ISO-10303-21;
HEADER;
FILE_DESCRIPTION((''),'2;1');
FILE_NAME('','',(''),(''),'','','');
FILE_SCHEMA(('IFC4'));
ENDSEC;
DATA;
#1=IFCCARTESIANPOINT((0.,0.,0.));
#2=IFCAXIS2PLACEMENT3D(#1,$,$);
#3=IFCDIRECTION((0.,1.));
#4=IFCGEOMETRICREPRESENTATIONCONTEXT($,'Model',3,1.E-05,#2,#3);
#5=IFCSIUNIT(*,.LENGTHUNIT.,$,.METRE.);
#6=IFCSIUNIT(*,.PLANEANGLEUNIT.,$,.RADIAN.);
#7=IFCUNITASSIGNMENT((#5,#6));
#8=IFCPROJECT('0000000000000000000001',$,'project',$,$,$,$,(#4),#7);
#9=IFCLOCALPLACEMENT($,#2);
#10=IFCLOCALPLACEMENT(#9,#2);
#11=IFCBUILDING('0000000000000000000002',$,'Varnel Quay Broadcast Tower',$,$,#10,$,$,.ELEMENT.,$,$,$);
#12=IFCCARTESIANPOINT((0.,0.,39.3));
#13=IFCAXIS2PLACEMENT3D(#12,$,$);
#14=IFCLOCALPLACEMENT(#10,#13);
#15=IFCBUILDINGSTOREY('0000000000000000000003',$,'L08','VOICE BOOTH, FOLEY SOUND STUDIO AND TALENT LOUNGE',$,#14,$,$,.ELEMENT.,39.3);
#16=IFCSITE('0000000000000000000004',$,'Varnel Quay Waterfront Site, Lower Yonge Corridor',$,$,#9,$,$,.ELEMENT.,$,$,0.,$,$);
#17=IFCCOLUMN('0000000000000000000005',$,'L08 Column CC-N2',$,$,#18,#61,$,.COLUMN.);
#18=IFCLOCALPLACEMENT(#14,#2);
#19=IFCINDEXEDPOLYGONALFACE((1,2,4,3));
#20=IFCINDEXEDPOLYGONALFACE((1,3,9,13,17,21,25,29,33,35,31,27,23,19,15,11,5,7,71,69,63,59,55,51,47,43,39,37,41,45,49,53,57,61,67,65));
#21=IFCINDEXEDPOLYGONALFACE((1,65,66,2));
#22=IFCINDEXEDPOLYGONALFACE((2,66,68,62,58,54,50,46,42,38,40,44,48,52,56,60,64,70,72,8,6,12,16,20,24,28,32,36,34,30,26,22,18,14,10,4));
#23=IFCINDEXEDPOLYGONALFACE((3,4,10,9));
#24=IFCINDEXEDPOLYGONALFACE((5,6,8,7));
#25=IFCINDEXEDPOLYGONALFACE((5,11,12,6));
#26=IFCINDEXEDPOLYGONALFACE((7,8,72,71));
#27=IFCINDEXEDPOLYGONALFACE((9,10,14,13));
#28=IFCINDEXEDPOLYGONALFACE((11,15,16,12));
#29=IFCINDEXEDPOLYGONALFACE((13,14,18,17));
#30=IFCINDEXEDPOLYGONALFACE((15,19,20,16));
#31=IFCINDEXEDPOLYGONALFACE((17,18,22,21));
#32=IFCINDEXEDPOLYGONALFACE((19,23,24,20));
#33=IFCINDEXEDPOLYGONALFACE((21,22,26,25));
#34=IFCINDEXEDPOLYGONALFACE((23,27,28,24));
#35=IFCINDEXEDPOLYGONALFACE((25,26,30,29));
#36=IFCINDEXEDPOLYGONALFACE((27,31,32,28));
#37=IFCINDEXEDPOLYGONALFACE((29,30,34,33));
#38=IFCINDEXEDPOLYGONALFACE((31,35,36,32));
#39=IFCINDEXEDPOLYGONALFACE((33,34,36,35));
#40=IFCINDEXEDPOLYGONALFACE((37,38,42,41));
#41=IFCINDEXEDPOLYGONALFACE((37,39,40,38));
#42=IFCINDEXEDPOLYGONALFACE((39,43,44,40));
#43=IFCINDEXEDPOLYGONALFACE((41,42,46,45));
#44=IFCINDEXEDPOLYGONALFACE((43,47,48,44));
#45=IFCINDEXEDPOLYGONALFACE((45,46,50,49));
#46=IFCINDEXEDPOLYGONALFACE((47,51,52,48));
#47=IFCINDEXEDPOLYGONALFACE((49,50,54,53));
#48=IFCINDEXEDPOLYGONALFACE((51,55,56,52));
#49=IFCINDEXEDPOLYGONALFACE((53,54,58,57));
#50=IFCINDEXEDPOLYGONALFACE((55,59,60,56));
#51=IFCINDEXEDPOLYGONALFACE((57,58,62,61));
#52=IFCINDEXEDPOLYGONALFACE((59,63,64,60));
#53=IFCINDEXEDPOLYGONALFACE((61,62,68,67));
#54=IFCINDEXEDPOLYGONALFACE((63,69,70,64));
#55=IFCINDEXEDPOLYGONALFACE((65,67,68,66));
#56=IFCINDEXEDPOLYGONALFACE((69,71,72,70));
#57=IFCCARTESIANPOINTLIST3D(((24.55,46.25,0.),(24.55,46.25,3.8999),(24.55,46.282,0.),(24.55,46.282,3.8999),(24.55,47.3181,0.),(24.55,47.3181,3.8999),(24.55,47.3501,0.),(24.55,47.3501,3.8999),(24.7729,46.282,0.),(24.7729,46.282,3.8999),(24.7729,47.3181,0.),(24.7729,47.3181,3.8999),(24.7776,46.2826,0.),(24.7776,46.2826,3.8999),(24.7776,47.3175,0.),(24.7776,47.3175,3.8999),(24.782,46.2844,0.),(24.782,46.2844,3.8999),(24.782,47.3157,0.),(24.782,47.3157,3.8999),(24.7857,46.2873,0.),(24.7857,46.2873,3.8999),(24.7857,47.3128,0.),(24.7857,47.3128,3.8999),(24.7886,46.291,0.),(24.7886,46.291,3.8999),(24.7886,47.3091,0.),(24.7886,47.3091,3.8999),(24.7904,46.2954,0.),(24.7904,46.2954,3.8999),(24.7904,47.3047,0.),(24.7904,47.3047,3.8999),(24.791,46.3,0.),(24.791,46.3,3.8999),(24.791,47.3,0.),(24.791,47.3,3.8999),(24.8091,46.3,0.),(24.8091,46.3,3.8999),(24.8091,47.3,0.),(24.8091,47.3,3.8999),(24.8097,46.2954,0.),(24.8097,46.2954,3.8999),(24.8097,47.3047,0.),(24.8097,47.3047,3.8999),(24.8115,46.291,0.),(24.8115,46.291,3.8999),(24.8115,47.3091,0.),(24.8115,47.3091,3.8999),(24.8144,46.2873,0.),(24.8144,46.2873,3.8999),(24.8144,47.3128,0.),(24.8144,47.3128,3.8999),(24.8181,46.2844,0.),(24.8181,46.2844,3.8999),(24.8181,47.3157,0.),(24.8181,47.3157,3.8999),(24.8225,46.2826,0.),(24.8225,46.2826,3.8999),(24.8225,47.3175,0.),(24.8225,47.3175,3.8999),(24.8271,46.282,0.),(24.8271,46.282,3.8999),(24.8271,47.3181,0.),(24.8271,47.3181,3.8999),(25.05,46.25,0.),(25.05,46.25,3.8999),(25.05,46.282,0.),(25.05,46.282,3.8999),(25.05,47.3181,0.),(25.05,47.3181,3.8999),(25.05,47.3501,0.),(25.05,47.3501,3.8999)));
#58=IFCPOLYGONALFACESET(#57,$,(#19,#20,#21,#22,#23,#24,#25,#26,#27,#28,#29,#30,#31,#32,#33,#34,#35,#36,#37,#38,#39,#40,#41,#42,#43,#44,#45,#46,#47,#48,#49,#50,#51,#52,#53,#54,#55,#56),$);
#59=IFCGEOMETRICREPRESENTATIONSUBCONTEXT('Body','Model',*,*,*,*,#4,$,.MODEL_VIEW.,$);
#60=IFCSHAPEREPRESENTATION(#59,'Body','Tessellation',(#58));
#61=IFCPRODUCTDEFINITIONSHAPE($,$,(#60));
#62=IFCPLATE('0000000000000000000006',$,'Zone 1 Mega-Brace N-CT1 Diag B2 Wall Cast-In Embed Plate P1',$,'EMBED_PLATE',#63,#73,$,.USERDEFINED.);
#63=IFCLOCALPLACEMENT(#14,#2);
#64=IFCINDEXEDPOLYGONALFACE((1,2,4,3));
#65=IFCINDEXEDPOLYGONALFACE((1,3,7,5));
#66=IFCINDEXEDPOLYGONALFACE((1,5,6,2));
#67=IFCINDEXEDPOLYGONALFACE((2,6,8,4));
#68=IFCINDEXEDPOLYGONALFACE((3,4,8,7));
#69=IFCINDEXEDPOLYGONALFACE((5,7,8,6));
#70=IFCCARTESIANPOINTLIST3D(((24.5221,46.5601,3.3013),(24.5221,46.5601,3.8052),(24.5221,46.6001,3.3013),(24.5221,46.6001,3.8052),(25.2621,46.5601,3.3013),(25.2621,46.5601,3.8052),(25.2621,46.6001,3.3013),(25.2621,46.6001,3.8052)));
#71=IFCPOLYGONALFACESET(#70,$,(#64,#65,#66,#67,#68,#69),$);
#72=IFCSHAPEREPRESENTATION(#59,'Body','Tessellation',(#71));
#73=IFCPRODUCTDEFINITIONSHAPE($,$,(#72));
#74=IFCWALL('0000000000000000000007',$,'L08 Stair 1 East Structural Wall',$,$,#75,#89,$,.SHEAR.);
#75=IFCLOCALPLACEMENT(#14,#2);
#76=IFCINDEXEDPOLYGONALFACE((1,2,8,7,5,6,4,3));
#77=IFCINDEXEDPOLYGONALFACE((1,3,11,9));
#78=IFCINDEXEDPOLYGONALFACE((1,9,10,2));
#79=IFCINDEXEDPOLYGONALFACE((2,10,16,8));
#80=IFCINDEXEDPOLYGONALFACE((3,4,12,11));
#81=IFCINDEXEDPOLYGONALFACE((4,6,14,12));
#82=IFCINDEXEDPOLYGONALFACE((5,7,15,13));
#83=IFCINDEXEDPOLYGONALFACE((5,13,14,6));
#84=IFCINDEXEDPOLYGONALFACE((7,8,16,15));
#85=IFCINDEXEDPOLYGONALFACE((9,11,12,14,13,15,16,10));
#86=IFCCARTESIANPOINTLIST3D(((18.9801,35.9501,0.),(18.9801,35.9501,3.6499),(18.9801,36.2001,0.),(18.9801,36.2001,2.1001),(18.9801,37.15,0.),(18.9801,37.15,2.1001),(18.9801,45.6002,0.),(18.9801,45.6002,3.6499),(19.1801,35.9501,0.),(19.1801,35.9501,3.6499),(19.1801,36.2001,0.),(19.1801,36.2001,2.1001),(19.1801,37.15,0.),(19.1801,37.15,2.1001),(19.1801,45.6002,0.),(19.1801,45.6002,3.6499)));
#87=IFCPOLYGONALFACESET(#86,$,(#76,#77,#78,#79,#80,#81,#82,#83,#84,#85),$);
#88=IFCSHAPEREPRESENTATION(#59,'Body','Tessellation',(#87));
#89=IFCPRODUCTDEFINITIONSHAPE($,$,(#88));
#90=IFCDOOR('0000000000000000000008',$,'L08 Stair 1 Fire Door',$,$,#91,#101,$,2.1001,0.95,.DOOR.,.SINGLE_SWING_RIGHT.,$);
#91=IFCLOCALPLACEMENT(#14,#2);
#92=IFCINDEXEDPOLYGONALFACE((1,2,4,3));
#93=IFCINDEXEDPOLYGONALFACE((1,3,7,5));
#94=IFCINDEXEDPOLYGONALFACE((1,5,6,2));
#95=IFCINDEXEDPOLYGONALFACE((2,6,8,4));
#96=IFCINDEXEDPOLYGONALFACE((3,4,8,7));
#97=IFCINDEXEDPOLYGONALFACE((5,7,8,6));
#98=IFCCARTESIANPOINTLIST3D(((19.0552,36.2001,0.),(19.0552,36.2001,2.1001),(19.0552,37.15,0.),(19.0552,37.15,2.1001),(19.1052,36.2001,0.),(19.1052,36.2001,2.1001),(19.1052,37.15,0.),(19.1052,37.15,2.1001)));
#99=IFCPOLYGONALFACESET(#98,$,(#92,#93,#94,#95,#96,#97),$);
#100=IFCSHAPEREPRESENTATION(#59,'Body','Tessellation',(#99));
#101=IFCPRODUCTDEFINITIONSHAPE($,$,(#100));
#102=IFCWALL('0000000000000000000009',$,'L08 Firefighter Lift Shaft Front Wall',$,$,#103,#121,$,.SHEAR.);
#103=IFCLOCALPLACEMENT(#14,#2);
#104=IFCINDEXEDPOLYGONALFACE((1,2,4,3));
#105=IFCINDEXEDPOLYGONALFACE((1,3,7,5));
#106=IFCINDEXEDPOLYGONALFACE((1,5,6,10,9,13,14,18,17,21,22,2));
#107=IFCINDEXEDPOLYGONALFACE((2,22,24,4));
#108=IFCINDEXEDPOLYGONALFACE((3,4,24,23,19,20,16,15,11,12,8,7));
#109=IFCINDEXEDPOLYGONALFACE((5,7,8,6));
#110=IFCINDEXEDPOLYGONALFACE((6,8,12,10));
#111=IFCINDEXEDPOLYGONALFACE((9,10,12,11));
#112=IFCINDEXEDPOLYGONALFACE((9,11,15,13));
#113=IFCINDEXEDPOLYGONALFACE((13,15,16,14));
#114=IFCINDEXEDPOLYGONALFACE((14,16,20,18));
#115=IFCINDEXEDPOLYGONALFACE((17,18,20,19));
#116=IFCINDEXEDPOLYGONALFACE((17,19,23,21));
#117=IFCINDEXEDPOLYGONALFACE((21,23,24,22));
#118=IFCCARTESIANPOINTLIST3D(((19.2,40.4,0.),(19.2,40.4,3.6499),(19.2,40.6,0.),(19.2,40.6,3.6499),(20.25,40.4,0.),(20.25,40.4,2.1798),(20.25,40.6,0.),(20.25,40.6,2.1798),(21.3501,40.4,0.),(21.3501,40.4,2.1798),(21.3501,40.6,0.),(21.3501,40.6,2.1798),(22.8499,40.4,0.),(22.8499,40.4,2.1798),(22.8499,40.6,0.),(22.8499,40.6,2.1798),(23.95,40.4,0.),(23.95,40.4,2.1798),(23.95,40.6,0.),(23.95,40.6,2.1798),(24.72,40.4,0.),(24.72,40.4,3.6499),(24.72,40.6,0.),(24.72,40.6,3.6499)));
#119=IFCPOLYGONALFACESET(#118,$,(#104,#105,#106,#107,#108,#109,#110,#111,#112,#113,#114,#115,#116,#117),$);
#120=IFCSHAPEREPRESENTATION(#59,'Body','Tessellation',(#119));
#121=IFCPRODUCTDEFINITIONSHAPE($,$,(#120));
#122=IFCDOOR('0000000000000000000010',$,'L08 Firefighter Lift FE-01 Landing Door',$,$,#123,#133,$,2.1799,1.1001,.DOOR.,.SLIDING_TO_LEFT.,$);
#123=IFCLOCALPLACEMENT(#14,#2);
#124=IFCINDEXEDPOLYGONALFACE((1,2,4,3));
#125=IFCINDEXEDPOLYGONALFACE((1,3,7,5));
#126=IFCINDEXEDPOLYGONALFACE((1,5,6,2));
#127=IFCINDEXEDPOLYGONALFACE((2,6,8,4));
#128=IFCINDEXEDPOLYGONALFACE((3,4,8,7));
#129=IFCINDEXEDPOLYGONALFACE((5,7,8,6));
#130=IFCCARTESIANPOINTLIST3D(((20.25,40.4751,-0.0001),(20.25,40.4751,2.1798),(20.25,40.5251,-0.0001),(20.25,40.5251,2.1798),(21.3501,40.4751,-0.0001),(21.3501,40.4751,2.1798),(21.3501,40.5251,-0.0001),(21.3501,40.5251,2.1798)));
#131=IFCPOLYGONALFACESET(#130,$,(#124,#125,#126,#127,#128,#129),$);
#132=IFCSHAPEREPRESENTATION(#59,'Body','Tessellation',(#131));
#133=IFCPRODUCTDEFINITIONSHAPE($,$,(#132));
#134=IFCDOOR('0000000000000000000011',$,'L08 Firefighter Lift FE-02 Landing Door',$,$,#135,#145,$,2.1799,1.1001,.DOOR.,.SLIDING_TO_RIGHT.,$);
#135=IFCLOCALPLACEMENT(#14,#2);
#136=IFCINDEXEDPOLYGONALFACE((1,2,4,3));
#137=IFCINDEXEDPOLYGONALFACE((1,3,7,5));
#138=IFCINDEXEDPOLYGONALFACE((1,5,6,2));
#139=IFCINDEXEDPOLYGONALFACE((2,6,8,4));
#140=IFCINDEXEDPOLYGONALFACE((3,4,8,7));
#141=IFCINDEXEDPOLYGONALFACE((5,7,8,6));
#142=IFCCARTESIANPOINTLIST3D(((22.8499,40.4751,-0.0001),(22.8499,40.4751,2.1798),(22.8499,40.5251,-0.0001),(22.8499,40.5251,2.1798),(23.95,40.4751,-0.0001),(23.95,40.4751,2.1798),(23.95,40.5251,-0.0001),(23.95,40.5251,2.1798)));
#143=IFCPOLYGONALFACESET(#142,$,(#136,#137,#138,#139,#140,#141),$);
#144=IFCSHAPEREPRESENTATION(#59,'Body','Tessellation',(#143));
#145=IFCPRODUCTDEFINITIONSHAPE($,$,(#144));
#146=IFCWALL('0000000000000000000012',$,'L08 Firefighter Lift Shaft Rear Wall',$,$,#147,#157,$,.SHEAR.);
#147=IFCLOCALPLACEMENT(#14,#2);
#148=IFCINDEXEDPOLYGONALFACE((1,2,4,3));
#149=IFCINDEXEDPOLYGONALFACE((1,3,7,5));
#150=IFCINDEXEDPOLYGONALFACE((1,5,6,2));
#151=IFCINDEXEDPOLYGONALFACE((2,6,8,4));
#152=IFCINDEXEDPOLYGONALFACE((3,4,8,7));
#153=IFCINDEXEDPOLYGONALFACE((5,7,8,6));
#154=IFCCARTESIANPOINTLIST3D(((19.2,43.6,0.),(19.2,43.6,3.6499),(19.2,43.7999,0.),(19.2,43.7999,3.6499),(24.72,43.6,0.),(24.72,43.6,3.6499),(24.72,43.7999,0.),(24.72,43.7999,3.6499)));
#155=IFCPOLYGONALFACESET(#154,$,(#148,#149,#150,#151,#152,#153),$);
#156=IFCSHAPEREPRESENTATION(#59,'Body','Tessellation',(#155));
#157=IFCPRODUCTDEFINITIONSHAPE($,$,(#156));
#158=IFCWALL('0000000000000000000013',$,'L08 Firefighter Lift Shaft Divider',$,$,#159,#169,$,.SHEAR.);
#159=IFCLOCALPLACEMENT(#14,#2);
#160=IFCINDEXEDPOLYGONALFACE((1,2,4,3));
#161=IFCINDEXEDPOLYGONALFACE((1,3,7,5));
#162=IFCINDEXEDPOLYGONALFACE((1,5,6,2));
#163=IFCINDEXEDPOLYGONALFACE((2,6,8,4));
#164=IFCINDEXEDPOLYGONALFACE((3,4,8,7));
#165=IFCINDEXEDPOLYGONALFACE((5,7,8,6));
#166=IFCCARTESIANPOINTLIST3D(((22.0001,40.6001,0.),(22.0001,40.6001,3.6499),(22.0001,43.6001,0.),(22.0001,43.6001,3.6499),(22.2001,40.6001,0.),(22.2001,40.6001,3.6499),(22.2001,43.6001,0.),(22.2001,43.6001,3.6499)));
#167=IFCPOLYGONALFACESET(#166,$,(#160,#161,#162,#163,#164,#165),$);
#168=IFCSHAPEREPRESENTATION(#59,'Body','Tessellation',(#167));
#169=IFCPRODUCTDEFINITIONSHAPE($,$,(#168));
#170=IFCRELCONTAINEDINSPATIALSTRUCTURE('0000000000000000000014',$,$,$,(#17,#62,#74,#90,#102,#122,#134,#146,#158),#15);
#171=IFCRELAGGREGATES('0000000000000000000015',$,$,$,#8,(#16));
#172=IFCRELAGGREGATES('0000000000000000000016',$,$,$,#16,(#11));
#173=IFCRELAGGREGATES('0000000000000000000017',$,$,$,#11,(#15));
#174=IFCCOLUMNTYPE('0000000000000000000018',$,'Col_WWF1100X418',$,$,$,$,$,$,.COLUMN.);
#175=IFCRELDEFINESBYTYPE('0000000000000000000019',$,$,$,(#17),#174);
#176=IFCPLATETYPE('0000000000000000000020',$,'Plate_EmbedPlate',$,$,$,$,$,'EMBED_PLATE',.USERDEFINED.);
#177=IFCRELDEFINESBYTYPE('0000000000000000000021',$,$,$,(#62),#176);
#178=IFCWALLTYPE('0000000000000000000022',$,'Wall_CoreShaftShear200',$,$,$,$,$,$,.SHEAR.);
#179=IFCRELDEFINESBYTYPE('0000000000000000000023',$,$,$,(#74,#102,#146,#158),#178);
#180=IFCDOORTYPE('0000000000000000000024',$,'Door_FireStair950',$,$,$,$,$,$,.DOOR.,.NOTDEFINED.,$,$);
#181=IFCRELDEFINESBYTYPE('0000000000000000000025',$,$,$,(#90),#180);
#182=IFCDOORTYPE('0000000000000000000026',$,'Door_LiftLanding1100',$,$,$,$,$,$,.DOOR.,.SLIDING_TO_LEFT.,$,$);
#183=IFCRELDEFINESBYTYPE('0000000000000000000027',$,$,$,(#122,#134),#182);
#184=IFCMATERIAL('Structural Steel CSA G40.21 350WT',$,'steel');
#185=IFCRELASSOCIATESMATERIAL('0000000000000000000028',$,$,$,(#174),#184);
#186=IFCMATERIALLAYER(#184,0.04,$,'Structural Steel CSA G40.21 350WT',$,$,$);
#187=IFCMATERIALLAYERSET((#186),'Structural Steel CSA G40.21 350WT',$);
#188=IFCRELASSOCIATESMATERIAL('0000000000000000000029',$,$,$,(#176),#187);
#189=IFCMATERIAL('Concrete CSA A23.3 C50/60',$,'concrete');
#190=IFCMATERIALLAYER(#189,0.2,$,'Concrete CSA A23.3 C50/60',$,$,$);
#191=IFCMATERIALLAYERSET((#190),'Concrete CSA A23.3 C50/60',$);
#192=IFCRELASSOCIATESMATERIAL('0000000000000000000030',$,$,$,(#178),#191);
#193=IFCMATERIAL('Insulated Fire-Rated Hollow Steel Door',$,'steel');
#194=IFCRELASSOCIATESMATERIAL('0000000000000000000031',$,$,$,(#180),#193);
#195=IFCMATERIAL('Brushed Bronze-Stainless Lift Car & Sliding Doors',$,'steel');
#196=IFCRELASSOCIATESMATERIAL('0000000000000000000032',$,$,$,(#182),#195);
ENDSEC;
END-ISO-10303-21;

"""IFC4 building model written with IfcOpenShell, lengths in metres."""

from ifc_helpers import new_model, si_unit, direction, frame, frame_2d, origin, origin_2d, place, context, subcontext, project, spatial, rectangle, i_section, extrude, source, transform, mapped, material, layer, layer_set, material_profile, profile_set, type_object, type_shapes, element, fill, save


model = new_model("IFC4")

# Units and contexts
model_context = context("Model", 3, precision=1e-05, world=origin(), true_north=direction((0.0, 1.0)))
body_context = subcontext(model_context, "Body", "Model", "MODEL_VIEW")
ifc_project = project(units=[si_unit("LENGTHUNIT", "METRE"), si_unit("PLANEANGLEUNIT", "RADIAN")], contexts=[model_context])

# Site, building, storey
site_placement = place(None, origin())
site = spatial("IfcSite", under=ifc_project, at=site_placement, Name="Varnel Quay Waterfront Site, Lower Yonge Corridor", CompositionType="ELEMENT", RefElevation=0.0)
building_placement = place(site_placement, origin())
building = spatial("IfcBuilding", under=site, at=building_placement, Name="Varnel Quay Broadcast Tower", CompositionType="ELEMENT")
storey_placement = place(building_placement, frame((0.0, 0.0, 39.3)))
storey = spatial("IfcBuildingStorey", under=building, at=storey_placement, Name="L08", Description="VOICE BOOTH, FOLEY SOUND STUDIO AND TALENT LOUNGE", CompositionType="ELEMENT", Elevation=39.3)

# Column
ifc_material_1 = material(Name="Structural Steel CSA G40.21 350WT", Category="steel")
ifc_material_profile = material_profile(ifc_material_1, i_section(OverallWidth=0.5, OverallDepth=1.1001, WebThickness=0.0181, FlangeThickness=0.032, FilletRadius=0.0181, at=origin_2d()), Name="WWF1100X418")
ifc_profile_set = profile_set([ifc_material_profile], Name="Structural Steel CSA G40.21 350WT")
column_type = type_object("IfcColumnType", Name="Col_WWF1100X418", PredefinedType="COLUMN", material=ifc_profile_set)
shared_shape_1 = source(origin(), body_context, "Body", "SweptSolid", [
    extrude(i_section(OverallWidth=0.5, OverallDepth=1.1001, WebThickness=0.0181, FlangeThickness=0.032, FilletRadius=0.0181, at=origin_2d()), origin(), (0.0, 0.0, 1.0), 3.8999),
])
type_shapes(column_type, [shared_shape_1])
column_placement = place(storey_placement, frame((24.8, 46.8, 0.0), z_axis=(0.0, 0.0, 1.0), x_axis=(1.0, 0.0, 0.0)))
element("IfcColumn", 1, at=column_placement, inside=storey, type_object=column_type, Name="L08 Column CC-N2", PredefinedType="COLUMN", context=body_context, shape_type="MappedRepresentation", body=[
    mapped(shared_shape_1, transform((0.0, 0.0, 0.0), x_axis=(1.0, 0.0, 0.0), y_axis=(0.0, 1.0, 0.0), z_axis=(0.0, 0.0, 1.0), scale=1.0)),
])

# Plate
ifc_layer_1 = layer(ifc_material_1, 0.04, Name="Structural Steel CSA G40.21 350WT")
ifc_layer_set_1 = layer_set([ifc_layer_1], Name="Structural Steel CSA G40.21 350WT")
plate_type = type_object("IfcPlateType", Name="Plate_EmbedPlate", ElementType="EMBED_PLATE", PredefinedType="USERDEFINED", material=ifc_layer_set_1)
shared_shape_2 = source(origin(), body_context, "Body", "SweptSolid", [
    extrude(rectangle(XDim=0.74, YDim=0.04, at=origin_2d()), origin(), (0.0, 0.0, 1.0), 0.5039),
])
type_shapes(plate_type, [shared_shape_2])
plate_placement = place(storey_placement, frame((24.8921, 46.5801, 3.3013), z_axis=(0.0, 0.0, 1.0), x_axis=(1.0, 0.0, 0.0)))
element("IfcPlate", 2, at=plate_placement, inside=storey, type_object=plate_type, Name="Zone 1 Mega-Brace N-CT1 Diag B2 Wall Cast-In Embed Plate P1", ObjectType="EMBED_PLATE", PredefinedType="USERDEFINED", context=body_context, shape_type="MappedRepresentation", body=[
    mapped(shared_shape_2, transform((0.0, 0.0, 0.0), x_axis=(1.0, 0.0, 0.0), y_axis=(0.0, 1.0, 0.0), z_axis=(0.0, 0.0, 1.0), scale=1.0)),
])

# Wall, opening, door
ifc_material_2 = material(Name="Concrete CSA A23.3 C50/60", Category="concrete")
ifc_layer_2 = layer(ifc_material_2, 0.2, Name="Concrete CSA A23.3 C50/60")
ifc_layer_set_2 = layer_set([ifc_layer_2], Name="Concrete CSA A23.3 C50/60")
wall_type_1 = type_object("IfcWallType", Name="Wall_CoreShaftShear200", PredefinedType="SHEAR", material=ifc_layer_set_2)
wall_1_placement = place(storey_placement, frame((19.0801, 35.95, 0.0), z_axis=(0.0, 0.0, 1.0), x_axis=(0.0, 1.0, 0.0)))
wall_1 = element("IfcWall", 3, at=wall_1_placement, inside=storey, type_object=wall_type_1, Name="L08 Stair 1 East Structural Wall", PredefinedType="SHEAR", context=body_context, shape_type="SweptSolid", body=[
    extrude(rectangle(XDim=9.6501, YDim=0.2, at=frame_2d((4.8252, 0.0))), origin(), (0.0, 0.0, 1.0), 3.6499),
])
opening_1_placement = place(wall_1_placement, frame((0.25, 0.0, 0.0)))
opening_1 = element("IfcOpeningElement", 4, at=opening_1_placement, cuts=wall_1, PredefinedType="OPENING", context=body_context, shape_type="SweptSolid", body=[
    extrude(rectangle(XDim=0.95, YDim=2.1001, at=frame_2d((0.4751, 1.05))), frame((0.0, 0.1099, 0.0), z_axis=(0.0, -1.0, 0.0), x_axis=(1.0, 0.0, 0.0)), (0.0, 0.0, 1.0), 0.22),
])
ifc_material_3 = material(Name="Insulated Fire-Rated Hollow Steel Door", Category="steel")
door_type_1 = type_object("IfcDoorType", Name="Door_FireStair950", OperationType="NOTDEFINED", PredefinedType="DOOR", material=ifc_material_3)
shared_shape_3 = source(origin(), body_context, "Body", "SweptSolid", [
    extrude(rectangle(XDim=0.95, YDim=2.1001, at=frame_2d((0.4751, 1.05))), frame((0.0, 0.0249, 0.0), z_axis=(0.0, -1.0, 0.0), x_axis=(1.0, 0.0, 0.0)), (0.0, 0.0, 1.0), 0.05),
])
type_shapes(door_type_1, [shared_shape_3])
door_1_placement = place(opening_1_placement, origin())
door_1 = element("IfcDoor", 5, at=door_1_placement, inside=storey, type_object=door_type_1, Name="L08 Stair 1 Fire Door", OperationType="SINGLE_SWING_RIGHT", OverallHeight=2.1001, OverallWidth=0.95, PredefinedType="DOOR", context=body_context, shape_type="MappedRepresentation", body=[
    mapped(shared_shape_3, transform((0.0, 0.0, 0.0), x_axis=(1.0, 0.0, 0.0), y_axis=(0.0, 1.0, 0.0), z_axis=(0.0, 0.0, 1.0), scale=1.0)),
])
fill(opening_1, door_1)

# Wall, openings, doors
wall_2_placement = place(storey_placement, frame((19.2, 40.5, 0.0), z_axis=(0.0, 0.0, 1.0), x_axis=(1.0, 0.0, 0.0)))
wall_2 = element("IfcWall", 6, at=wall_2_placement, inside=storey, type_object=wall_type_1, Name="L08 Firefighter Lift Shaft Front Wall", PredefinedType="SHEAR", context=body_context, shape_type="SweptSolid", body=[
    extrude(rectangle(XDim=5.52, YDim=0.2, at=frame_2d((2.76, 0.0))), origin(), (0.0, 0.0, 1.0), 3.6499),
])
opening_2_placement = place(wall_2_placement, frame((1.05, 0.0, 0.0)))
opening_2 = element("IfcOpeningElement", 7, at=opening_2_placement, cuts=wall_2, PredefinedType="OPENING", context=body_context, shape_type="SweptSolid", body=[
    extrude(rectangle(XDim=1.1001, YDim=2.1799, at=frame_2d((0.55, 1.0898))), frame((0.0, 0.1099, 0.0), z_axis=(0.0, -1.0, 0.0), x_axis=(1.0, 0.0, 0.0)), (0.0, 0.0, 1.0), 0.22),
])
opening_3_placement = place(wall_2_placement, frame((3.6499, 0.0, 0.0)))
opening_3 = element("IfcOpeningElement", 8, at=opening_3_placement, cuts=wall_2, PredefinedType="OPENING", context=body_context, shape_type="SweptSolid", body=[
    extrude(rectangle(XDim=1.1001, YDim=2.1799, at=frame_2d((0.55, 1.0898))), frame((0.0, 0.1099, 0.0), z_axis=(0.0, -1.0, 0.0), x_axis=(1.0, 0.0, 0.0)), (0.0, 0.0, 1.0), 0.22),
])
ifc_material_4 = material(Name="Brushed Bronze-Stainless Lift Car & Sliding Doors", Category="steel")
door_type_2 = type_object("IfcDoorType", Name="Door_LiftLanding1100", OperationType="SLIDING_TO_LEFT", PredefinedType="DOOR", material=ifc_material_4)
shared_shape_4 = source(origin(), body_context, "Body", "SweptSolid", [
    extrude(rectangle(XDim=1.1001, YDim=2.1799, at=frame_2d((0.55, 1.0898))), frame((0.0, 0.0249, 0.0), z_axis=(0.0, -1.0, 0.0), x_axis=(1.0, 0.0, 0.0)), (0.0, 0.0, 1.0), 0.05),
])
type_shapes(door_type_2, [shared_shape_4])
door_2_placement = place(opening_2_placement, frame((1.1001, 0.0, 0.0), z_axis=(0.0, 0.0, 1.0), x_axis=(-1.0, 0.0, 0.0)))
door_2 = element("IfcDoor", 9, at=door_2_placement, inside=storey, type_object=door_type_2, Name="L08 Firefighter Lift FE-01 Landing Door", OperationType="SLIDING_TO_LEFT", OverallHeight=2.1799, OverallWidth=1.1001, PredefinedType="DOOR", context=body_context, shape_type="MappedRepresentation", body=[
    mapped(shared_shape_4, transform((0.0, 0.0, 0.0), x_axis=(1.0, 0.0, 0.0), y_axis=(0.0, 1.0, 0.0), z_axis=(0.0, 0.0, 1.0), scale=1.0)),
])
fill(opening_2, door_2)
door_3_placement = place(opening_3_placement, frame((1.1001, 0.0, 0.0), z_axis=(0.0, 0.0, 1.0), x_axis=(-1.0, 0.0, 0.0)))
door_3 = element("IfcDoor", 10, at=door_3_placement, inside=storey, type_object=door_type_2, Name="L08 Firefighter Lift FE-02 Landing Door", OperationType="SLIDING_TO_RIGHT", OverallHeight=2.1799, OverallWidth=1.1001, PredefinedType="DOOR", context=body_context, shape_type="MappedRepresentation", body=[
    mapped(shared_shape_4, transform((0.0, 0.0, 0.0), x_axis=(1.0, 0.0, 0.0), y_axis=(0.0, 1.0, 0.0), z_axis=(0.0, 0.0, 1.0), scale=1.0)),
])
fill(opening_3, door_3)

# Walls
wall_3_placement = place(storey_placement, frame((19.2, 43.7, 0.0), z_axis=(0.0, 0.0, 1.0), x_axis=(1.0, 0.0, 0.0)))
element("IfcWall", 11, at=wall_3_placement, inside=storey, type_object=wall_type_1, Name="L08 Firefighter Lift Shaft Rear Wall", PredefinedType="SHEAR", context=body_context, shape_type="SweptSolid", body=[
    extrude(rectangle(XDim=5.52, YDim=0.2, at=frame_2d((2.76, 0.0))), origin(), (0.0, 0.0, 1.0), 3.6499),
])
wall_4_placement = place(storey_placement, frame((22.1001, 40.6001, 0.0), z_axis=(0.0, 0.0, 1.0), x_axis=(0.0, 1.0, 0.0)))
element("IfcWall", 12, at=wall_4_placement, inside=storey, type_object=wall_type_1, Name="L08 Firefighter Lift Shaft Divider", PredefinedType="SHEAR", context=body_context, shape_type="SweptSolid", body=[
    extrude(rectangle(XDim=3.0, YDim=0.2, at=frame_2d((1.5, 0.0))), origin(), (0.0, 0.0, 1.0), 3.6499),
])

save(model, "model.ifc")
